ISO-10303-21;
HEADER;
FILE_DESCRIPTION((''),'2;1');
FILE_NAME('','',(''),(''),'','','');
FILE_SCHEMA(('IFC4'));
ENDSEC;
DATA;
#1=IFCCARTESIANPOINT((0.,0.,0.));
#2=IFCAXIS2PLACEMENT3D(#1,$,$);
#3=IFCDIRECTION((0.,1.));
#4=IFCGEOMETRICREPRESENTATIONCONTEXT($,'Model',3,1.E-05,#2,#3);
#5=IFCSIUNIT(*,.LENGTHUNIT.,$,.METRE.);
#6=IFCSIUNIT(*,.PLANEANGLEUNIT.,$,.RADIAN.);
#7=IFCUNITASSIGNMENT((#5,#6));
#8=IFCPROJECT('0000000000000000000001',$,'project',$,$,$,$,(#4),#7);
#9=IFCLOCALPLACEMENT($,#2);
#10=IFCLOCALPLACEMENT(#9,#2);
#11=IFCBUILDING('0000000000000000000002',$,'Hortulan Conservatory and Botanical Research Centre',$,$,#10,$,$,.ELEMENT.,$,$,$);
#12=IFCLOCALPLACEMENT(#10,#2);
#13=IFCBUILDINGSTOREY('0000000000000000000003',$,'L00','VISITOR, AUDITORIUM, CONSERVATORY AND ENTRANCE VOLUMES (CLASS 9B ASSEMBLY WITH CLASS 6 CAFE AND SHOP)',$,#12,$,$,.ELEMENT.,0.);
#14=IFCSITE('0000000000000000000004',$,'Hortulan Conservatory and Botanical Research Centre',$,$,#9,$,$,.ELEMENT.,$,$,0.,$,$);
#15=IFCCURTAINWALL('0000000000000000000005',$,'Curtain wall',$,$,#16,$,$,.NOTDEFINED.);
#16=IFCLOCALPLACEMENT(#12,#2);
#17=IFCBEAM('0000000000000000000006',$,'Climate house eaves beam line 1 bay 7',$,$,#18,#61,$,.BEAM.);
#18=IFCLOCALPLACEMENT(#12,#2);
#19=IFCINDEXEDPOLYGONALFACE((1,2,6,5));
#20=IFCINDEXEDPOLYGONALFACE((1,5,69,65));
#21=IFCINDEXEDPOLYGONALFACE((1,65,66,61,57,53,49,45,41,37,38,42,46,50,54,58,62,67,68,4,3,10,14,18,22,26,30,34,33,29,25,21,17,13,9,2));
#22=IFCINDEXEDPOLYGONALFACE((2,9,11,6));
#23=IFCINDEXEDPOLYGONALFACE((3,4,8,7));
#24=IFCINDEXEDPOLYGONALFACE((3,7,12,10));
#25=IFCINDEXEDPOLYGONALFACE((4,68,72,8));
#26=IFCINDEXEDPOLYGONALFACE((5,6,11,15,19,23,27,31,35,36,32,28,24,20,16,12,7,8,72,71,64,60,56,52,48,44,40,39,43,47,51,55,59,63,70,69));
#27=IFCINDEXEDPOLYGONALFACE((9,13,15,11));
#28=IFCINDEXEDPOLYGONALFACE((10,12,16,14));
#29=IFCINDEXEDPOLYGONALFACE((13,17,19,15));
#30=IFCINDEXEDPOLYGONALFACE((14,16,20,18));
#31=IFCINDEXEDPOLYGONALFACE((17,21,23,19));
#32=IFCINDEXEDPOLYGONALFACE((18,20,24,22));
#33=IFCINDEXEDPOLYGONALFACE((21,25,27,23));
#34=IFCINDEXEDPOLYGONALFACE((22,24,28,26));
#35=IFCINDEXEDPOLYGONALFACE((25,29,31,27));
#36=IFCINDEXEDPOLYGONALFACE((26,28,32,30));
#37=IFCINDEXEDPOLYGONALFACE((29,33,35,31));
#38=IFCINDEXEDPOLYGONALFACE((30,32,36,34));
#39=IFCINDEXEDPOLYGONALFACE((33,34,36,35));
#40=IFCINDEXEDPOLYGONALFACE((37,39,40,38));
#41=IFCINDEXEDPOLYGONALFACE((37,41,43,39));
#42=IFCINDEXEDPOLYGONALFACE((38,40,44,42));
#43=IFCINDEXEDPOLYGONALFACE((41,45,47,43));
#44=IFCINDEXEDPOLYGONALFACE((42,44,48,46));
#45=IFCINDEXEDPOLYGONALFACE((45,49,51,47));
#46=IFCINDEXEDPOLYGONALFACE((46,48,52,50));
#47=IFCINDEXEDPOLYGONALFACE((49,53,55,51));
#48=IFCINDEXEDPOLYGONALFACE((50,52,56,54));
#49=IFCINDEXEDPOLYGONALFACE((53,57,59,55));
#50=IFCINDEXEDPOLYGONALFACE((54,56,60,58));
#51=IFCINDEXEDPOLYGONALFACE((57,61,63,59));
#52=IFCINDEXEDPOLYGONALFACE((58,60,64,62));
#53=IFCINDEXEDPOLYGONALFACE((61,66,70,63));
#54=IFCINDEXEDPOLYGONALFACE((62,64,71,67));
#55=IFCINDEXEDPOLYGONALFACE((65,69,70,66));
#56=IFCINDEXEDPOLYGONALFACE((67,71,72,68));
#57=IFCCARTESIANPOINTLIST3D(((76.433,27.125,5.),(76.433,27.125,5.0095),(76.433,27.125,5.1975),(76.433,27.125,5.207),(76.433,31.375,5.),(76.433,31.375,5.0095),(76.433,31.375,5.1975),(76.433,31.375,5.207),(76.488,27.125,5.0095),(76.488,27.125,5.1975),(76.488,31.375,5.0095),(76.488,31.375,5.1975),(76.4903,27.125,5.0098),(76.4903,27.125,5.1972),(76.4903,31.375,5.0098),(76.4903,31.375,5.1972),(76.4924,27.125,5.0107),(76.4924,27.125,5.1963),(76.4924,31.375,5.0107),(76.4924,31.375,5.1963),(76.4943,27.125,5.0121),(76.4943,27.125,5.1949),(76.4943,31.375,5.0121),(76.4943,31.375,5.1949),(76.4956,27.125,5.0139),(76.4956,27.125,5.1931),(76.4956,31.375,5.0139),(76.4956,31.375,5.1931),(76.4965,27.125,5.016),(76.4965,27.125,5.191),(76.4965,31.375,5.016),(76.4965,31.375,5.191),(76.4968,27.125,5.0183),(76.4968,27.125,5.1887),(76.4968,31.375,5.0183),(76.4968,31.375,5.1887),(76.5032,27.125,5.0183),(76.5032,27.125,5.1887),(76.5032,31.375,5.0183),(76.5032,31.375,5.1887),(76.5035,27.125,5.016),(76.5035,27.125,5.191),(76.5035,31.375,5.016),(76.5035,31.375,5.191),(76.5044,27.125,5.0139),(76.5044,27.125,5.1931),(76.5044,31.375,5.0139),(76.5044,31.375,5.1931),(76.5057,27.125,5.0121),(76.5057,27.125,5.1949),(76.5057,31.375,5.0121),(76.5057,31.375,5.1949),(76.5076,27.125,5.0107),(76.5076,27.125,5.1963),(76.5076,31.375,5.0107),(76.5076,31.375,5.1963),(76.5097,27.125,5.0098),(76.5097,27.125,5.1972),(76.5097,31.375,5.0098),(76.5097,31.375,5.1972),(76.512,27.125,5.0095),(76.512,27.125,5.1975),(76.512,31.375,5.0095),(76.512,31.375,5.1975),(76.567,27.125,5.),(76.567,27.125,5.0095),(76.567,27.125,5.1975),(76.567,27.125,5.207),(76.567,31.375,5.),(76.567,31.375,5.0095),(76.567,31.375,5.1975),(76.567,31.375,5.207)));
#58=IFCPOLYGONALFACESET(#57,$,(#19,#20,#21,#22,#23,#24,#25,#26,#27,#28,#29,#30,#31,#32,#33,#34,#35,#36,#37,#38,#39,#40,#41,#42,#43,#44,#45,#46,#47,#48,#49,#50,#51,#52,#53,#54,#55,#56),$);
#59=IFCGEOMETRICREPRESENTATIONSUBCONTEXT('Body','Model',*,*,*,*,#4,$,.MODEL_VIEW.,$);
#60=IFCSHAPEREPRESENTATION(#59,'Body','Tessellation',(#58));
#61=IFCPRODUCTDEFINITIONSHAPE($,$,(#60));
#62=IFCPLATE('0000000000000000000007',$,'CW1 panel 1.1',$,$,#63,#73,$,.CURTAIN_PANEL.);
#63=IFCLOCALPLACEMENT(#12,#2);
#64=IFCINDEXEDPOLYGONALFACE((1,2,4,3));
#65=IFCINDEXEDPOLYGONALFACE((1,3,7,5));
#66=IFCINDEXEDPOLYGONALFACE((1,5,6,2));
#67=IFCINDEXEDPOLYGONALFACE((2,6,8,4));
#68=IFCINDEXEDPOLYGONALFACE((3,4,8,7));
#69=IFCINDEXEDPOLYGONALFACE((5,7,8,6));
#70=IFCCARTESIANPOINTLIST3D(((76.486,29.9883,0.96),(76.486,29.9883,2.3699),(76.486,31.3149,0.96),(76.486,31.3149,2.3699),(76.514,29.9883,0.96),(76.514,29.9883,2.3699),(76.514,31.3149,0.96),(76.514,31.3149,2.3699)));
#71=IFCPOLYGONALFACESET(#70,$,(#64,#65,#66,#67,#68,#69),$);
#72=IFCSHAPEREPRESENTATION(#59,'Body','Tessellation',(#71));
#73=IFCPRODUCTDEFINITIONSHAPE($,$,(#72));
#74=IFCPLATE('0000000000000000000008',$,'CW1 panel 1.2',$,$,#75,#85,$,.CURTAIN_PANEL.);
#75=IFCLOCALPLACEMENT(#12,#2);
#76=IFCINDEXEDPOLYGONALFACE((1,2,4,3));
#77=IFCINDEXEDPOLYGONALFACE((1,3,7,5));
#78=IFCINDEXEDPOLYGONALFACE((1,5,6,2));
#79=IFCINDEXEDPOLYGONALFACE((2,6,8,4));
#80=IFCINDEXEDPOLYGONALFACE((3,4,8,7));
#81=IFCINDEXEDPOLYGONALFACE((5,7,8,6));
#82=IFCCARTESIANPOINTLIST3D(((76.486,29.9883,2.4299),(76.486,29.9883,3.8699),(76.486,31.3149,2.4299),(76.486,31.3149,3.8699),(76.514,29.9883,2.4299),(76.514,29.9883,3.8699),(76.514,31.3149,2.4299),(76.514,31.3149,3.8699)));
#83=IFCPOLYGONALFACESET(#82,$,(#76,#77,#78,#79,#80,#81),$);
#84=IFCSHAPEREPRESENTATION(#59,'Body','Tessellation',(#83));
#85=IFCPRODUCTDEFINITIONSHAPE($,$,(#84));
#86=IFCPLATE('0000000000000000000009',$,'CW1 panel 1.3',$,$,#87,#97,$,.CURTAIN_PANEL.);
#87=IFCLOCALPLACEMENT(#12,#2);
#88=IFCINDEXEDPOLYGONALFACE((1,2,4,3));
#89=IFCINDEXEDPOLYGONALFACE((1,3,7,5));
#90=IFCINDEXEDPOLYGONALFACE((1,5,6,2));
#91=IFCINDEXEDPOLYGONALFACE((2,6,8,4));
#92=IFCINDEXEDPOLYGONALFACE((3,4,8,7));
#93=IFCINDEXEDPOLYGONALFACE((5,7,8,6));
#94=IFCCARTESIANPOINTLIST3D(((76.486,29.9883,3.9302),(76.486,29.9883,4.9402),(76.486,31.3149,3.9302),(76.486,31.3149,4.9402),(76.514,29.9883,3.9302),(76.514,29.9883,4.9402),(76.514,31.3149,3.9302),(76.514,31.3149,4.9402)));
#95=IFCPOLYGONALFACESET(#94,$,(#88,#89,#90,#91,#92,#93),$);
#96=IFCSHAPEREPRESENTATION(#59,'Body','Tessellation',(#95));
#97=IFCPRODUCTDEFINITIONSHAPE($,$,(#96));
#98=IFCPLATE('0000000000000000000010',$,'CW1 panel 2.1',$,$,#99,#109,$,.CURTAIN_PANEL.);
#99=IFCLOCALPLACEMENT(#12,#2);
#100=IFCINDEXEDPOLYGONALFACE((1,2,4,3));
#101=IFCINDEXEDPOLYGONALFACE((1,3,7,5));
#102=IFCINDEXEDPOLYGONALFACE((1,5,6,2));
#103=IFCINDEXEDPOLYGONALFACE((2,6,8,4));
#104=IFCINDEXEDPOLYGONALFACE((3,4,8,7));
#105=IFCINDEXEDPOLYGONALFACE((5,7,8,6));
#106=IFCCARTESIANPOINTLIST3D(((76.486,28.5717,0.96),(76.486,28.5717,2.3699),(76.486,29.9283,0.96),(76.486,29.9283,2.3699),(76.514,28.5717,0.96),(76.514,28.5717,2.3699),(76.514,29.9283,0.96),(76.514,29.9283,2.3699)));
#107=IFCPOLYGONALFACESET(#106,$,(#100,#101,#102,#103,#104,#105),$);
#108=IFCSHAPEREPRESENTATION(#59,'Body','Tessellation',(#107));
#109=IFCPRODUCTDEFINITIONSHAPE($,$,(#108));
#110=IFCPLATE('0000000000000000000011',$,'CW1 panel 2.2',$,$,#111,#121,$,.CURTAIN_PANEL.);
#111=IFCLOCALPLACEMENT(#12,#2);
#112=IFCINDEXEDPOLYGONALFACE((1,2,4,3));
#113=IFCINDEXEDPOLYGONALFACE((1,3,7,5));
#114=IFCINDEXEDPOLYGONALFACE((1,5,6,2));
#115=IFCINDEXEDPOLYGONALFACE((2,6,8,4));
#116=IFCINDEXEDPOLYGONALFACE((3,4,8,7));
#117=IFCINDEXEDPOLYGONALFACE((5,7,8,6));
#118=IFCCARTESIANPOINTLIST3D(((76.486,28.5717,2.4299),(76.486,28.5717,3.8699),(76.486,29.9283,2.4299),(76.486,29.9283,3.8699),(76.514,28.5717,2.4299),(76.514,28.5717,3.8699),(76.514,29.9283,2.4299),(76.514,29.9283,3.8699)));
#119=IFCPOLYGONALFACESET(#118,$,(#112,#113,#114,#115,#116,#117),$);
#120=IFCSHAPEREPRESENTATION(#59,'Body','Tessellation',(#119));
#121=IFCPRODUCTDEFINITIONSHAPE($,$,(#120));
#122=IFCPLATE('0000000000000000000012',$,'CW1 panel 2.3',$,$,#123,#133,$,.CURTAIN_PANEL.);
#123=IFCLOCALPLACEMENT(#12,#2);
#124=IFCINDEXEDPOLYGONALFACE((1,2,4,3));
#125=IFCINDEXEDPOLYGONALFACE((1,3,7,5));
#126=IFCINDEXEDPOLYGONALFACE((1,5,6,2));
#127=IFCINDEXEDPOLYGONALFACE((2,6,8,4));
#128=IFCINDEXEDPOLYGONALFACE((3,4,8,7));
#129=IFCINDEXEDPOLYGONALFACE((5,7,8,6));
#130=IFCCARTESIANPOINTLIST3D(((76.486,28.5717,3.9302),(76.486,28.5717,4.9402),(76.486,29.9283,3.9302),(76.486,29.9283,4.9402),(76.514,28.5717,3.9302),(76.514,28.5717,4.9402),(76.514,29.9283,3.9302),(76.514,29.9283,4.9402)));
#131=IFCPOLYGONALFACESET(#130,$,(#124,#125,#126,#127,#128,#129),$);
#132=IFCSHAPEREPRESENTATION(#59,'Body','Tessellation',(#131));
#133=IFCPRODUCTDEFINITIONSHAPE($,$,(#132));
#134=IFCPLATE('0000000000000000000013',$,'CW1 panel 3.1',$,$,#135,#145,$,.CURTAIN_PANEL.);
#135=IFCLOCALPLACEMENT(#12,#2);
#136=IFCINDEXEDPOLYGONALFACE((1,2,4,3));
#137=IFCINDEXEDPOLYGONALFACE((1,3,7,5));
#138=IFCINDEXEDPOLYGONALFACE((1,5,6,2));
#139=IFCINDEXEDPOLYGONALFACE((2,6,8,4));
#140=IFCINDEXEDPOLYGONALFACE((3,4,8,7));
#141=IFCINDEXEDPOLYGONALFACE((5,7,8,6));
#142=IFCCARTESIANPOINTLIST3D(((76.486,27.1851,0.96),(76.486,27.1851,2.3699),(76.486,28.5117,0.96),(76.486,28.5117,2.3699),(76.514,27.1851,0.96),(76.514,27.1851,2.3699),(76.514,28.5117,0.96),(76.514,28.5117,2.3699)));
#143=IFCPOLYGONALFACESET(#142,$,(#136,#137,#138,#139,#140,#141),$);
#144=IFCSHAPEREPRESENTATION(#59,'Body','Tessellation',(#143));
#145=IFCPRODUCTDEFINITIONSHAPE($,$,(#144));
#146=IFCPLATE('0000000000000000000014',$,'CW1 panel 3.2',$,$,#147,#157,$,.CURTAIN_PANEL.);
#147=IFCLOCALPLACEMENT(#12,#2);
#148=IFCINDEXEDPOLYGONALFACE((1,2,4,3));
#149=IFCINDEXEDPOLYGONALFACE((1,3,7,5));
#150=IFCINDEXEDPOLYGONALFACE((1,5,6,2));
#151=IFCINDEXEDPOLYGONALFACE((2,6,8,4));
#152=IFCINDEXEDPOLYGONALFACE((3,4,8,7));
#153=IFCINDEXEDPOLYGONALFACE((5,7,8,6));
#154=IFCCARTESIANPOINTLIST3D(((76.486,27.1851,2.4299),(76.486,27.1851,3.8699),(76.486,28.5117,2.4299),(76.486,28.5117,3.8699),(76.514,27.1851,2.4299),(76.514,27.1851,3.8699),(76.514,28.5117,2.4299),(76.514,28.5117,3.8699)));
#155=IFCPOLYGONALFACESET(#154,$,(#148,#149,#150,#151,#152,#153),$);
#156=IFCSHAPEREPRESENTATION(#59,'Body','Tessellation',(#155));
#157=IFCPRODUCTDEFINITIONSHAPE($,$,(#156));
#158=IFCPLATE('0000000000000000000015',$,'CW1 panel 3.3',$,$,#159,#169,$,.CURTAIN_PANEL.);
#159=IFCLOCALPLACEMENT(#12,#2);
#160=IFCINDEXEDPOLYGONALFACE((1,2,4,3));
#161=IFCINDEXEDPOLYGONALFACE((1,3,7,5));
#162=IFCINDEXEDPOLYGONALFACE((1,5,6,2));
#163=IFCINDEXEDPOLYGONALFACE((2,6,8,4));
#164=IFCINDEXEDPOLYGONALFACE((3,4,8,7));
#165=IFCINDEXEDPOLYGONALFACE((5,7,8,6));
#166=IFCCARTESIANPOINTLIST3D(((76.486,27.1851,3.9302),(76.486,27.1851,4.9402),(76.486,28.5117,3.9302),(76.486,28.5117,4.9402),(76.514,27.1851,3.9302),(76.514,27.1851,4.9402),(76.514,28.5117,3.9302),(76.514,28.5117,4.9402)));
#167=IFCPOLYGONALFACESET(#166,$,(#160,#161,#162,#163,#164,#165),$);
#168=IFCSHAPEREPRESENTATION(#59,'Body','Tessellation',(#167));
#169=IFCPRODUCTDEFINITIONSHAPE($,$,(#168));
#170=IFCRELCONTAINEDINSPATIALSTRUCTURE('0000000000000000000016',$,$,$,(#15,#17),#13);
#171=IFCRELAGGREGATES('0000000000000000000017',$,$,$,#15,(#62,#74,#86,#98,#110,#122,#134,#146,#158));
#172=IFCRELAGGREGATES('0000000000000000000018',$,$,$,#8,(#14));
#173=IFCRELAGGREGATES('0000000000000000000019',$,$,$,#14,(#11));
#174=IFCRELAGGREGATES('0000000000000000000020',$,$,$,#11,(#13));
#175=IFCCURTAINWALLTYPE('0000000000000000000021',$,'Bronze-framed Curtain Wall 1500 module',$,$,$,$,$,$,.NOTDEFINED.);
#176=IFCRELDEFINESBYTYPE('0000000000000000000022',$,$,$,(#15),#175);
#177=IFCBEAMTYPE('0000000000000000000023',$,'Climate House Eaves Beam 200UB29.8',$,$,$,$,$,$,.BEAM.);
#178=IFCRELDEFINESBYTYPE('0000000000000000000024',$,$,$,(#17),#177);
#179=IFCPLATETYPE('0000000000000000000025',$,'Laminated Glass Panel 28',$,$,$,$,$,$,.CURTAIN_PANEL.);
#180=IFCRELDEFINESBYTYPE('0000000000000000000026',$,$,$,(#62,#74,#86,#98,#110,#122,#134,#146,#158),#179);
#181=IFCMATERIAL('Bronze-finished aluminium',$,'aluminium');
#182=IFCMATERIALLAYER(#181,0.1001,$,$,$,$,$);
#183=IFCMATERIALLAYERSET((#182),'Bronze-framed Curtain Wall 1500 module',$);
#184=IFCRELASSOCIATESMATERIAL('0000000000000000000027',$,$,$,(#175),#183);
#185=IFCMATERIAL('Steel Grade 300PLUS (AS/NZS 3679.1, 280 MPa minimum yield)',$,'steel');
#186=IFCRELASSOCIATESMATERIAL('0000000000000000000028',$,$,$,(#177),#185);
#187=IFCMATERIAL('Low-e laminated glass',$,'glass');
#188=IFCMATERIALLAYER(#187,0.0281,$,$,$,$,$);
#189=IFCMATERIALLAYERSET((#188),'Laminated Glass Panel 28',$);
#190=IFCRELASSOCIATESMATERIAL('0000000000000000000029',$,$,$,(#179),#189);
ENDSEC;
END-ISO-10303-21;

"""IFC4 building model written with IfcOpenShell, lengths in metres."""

from ifc_helpers import new_model, si_unit, direction, frame, origin, origin_2d, place, context, subcontext, project, spatial, rectangle, i_section, extrude, material, layer, layer_set, material_profile, profile_set, type_object, element, aggregate, save


model = new_model("IFC4")

# Units and contexts
model_context = context("Model", 3, precision=1e-05, world=origin(), true_north=direction((0.0, 1.0)))
body_context = subcontext(model_context, "Body", "Model", "MODEL_VIEW")
ifc_project = project(units=[si_unit("LENGTHUNIT", "METRE"), si_unit("PLANEANGLEUNIT", "RADIAN")], contexts=[model_context])

# Site, building, storey
site_placement = place(None, origin())
site = spatial("IfcSite", under=ifc_project, at=site_placement, Name="Hortulan Conservatory and Botanical Research Centre", CompositionType="ELEMENT", RefElevation=0.0)
building_placement = place(site_placement, origin())
building = spatial("IfcBuilding", under=site, at=building_placement, Name="Hortulan Conservatory and Botanical Research Centre", CompositionType="ELEMENT")
storey_placement = place(building_placement, origin())
storey = spatial("IfcBuildingStorey", under=building, at=storey_placement, Name="L00", Description="VISITOR, AUDITORIUM, CONSERVATORY AND ENTRANCE VOLUMES (CLASS 9B ASSEMBLY WITH CLASS 6 CAFE AND SHOP)", CompositionType="ELEMENT", Elevation=0.0)

# Curtain wall
ifc_material_1 = material(Name="Bronze-finished aluminium", Category="aluminium")
ifc_layer_1 = layer(ifc_material_1, 0.1001)
ifc_layer_set_1 = layer_set([ifc_layer_1], Name="Bronze-framed Curtain Wall 1500 module")
curtain_wall_type = type_object("IfcCurtainWallType", Name="Bronze-framed Curtain Wall 1500 module", PredefinedType="NOTDEFINED", material=ifc_layer_set_1)
curtain_wall_placement = place(storey_placement, origin())
curtain_wall = element("IfcCurtainWall", 1, at=curtain_wall_placement, inside=storey, type_object=curtain_wall_type, Name="Curtain wall", PredefinedType="NOTDEFINED")

# Beam
ifc_material_2 = material(Name="Steel Grade 300PLUS (AS/NZS 3679.1, 280 MPa minimum yield)", Category="steel")
ifc_material_profile_1 = material_profile(ifc_material_2, i_section(OverallWidth=0.134, OverallDepth=0.207, WebThickness=0.0063, FlangeThickness=0.0095, FilletRadius=0.0088, at=origin_2d()), Name="200UB29.8")
ifc_profile_set_1 = profile_set([ifc_material_profile_1], Name="Steel Grade 300PLUS (AS/NZS 3679.1, 280 MPa minimum yield)")
beam_type = type_object("IfcBeamType", Name="Climate House Eaves Beam 200UB29.8", PredefinedType="BEAM", material=ifc_profile_set_1)
beam_placement = place(storey_placement, frame((76.5, 27.125, 5.1035), z_axis=(0.0, 1.0, 0.0), x_axis=(-1.0, 0.0, 0.0)))
element("IfcBeam", 2, at=beam_placement, inside=storey, type_object=beam_type, Name="Climate house eaves beam line 1 bay 7", PredefinedType="BEAM", context=body_context, shape_type="SweptSolid", body=[
    extrude(i_section(OverallWidth=0.134, OverallDepth=0.207, WebThickness=0.0063, FlangeThickness=0.0095, FilletRadius=0.0088, at=origin_2d()), origin(), (0.0, 0.0, 1.0), 4.25),
])

# Plates
ifc_material_3 = material(Name="Low-e laminated glass", Category="glass")
ifc_layer_2 = layer(ifc_material_3, 0.0281)
ifc_layer_set_2 = layer_set([ifc_layer_2], Name="Laminated Glass Panel 28")
plate_type = type_object("IfcPlateType", Name="Laminated Glass Panel 28", PredefinedType="CURTAIN_PANEL", material=ifc_layer_set_2)
plate_1_placement = place(storey_placement, frame((76.5, 30.6516, 0.96), z_axis=(0.0, 0.0, 1.0), x_axis=(0.0, -1.0, 0.0)))
plate_1 = element("IfcPlate", 3, at=plate_1_placement, type_object=plate_type, Name="CW1 panel 1.1", PredefinedType="CURTAIN_PANEL", context=body_context, shape_type="SweptSolid", body=[
    extrude(rectangle(XDim=1.3267, YDim=0.0281, at=origin_2d()), origin(), (0.0, 0.0, 1.0), 1.4099),
])
plate_2_placement = place(storey_placement, frame((76.5, 30.6516, 2.4299), z_axis=(0.0, 0.0, 1.0), x_axis=(0.0, -1.0, 0.0)))
plate_2 = element("IfcPlate", 4, at=plate_2_placement, type_object=plate_type, Name="CW1 panel 1.2", PredefinedType="CURTAIN_PANEL", context=body_context, shape_type="SweptSolid", body=[
    extrude(rectangle(XDim=1.3267, YDim=0.0281, at=origin_2d()), origin(), (0.0, 0.0, 1.0), 1.4399),
])
plate_3_placement = place(storey_placement, frame((76.5, 30.6516, 3.9302), z_axis=(0.0, 0.0, 1.0), x_axis=(0.0, -1.0, 0.0)))
plate_3 = element("IfcPlate", 5, at=plate_3_placement, type_object=plate_type, Name="CW1 panel 1.3", PredefinedType="CURTAIN_PANEL", context=body_context, shape_type="SweptSolid", body=[
    extrude(rectangle(XDim=1.3267, YDim=0.0281, at=origin_2d()), origin(), (0.0, 0.0, 1.0), 1.01),
])
plate_4_placement = place(storey_placement, frame((76.5, 29.25, 0.96), z_axis=(0.0, 0.0, 1.0), x_axis=(0.0, -1.0, 0.0)))
plate_4 = element("IfcPlate", 6, at=plate_4_placement, type_object=plate_type, Name="CW1 panel 2.1", PredefinedType="CURTAIN_PANEL", context=body_context, shape_type="SweptSolid", body=[
    extrude(rectangle(XDim=1.3567, YDim=0.0281, at=origin_2d()), origin(), (0.0, 0.0, 1.0), 1.4099),
])
plate_5_placement = place(storey_placement, frame((76.5, 29.25, 2.4299), z_axis=(0.0, 0.0, 1.0), x_axis=(0.0, -1.0, 0.0)))
plate_5 = element("IfcPlate", 7, at=plate_5_placement, type_object=plate_type, Name="CW1 panel 2.2", PredefinedType="CURTAIN_PANEL", context=body_context, shape_type="SweptSolid", body=[
    extrude(rectangle(XDim=1.3567, YDim=0.0281, at=origin_2d()), origin(), (0.0, 0.0, 1.0), 1.4399),
])
plate_6_placement = place(storey_placement, frame((76.5, 29.25, 3.9302), z_axis=(0.0, 0.0, 1.0), x_axis=(0.0, -1.0, 0.0)))
plate_6 = element("IfcPlate", 8, at=plate_6_placement, type_object=plate_type, Name="CW1 panel 2.3", PredefinedType="CURTAIN_PANEL", context=body_context, shape_type="SweptSolid", body=[
    extrude(rectangle(XDim=1.3567, YDim=0.0281, at=origin_2d()), origin(), (0.0, 0.0, 1.0), 1.01),
])
plate_7_placement = place(storey_placement, frame((76.5, 27.8484, 0.96), z_axis=(0.0, 0.0, 1.0), x_axis=(0.0, -1.0, 0.0)))
plate_7 = element("IfcPlate", 9, at=plate_7_placement, type_object=plate_type, Name="CW1 panel 3.1", PredefinedType="CURTAIN_PANEL", context=body_context, shape_type="SweptSolid", body=[
    extrude(rectangle(XDim=1.3267, YDim=0.0281, at=origin_2d()), origin(), (0.0, 0.0, 1.0), 1.4099),
])
plate_8_placement = place(storey_placement, frame((76.5, 27.8484, 2.4299), z_axis=(0.0, 0.0, 1.0), x_axis=(0.0, -1.0, 0.0)))
plate_8 = element("IfcPlate", 10, at=plate_8_placement, type_object=plate_type, Name="CW1 panel 3.2", PredefinedType="CURTAIN_PANEL", context=body_context, shape_type="SweptSolid", body=[
    extrude(rectangle(XDim=1.3267, YDim=0.0281, at=origin_2d()), origin(), (0.0, 0.0, 1.0), 1.4399),
])
plate_9_placement = place(storey_placement, frame((76.5, 27.8484, 3.9302), z_axis=(0.0, 0.0, 1.0), x_axis=(0.0, -1.0, 0.0)))
plate_9 = element("IfcPlate", 11, at=plate_9_placement, type_object=plate_type, Name="CW1 panel 3.3", PredefinedType="CURTAIN_PANEL", context=body_context, shape_type="SweptSolid", body=[
    extrude(rectangle(XDim=1.3267, YDim=0.0281, at=origin_2d()), origin(), (0.0, 0.0, 1.0), 1.01),
])
aggregate(curtain_wall, [plate_1, plate_2, plate_3, plate_4, plate_5, plate_6, plate_7, plate_8, plate_9])

save(model, "model.ifc")
